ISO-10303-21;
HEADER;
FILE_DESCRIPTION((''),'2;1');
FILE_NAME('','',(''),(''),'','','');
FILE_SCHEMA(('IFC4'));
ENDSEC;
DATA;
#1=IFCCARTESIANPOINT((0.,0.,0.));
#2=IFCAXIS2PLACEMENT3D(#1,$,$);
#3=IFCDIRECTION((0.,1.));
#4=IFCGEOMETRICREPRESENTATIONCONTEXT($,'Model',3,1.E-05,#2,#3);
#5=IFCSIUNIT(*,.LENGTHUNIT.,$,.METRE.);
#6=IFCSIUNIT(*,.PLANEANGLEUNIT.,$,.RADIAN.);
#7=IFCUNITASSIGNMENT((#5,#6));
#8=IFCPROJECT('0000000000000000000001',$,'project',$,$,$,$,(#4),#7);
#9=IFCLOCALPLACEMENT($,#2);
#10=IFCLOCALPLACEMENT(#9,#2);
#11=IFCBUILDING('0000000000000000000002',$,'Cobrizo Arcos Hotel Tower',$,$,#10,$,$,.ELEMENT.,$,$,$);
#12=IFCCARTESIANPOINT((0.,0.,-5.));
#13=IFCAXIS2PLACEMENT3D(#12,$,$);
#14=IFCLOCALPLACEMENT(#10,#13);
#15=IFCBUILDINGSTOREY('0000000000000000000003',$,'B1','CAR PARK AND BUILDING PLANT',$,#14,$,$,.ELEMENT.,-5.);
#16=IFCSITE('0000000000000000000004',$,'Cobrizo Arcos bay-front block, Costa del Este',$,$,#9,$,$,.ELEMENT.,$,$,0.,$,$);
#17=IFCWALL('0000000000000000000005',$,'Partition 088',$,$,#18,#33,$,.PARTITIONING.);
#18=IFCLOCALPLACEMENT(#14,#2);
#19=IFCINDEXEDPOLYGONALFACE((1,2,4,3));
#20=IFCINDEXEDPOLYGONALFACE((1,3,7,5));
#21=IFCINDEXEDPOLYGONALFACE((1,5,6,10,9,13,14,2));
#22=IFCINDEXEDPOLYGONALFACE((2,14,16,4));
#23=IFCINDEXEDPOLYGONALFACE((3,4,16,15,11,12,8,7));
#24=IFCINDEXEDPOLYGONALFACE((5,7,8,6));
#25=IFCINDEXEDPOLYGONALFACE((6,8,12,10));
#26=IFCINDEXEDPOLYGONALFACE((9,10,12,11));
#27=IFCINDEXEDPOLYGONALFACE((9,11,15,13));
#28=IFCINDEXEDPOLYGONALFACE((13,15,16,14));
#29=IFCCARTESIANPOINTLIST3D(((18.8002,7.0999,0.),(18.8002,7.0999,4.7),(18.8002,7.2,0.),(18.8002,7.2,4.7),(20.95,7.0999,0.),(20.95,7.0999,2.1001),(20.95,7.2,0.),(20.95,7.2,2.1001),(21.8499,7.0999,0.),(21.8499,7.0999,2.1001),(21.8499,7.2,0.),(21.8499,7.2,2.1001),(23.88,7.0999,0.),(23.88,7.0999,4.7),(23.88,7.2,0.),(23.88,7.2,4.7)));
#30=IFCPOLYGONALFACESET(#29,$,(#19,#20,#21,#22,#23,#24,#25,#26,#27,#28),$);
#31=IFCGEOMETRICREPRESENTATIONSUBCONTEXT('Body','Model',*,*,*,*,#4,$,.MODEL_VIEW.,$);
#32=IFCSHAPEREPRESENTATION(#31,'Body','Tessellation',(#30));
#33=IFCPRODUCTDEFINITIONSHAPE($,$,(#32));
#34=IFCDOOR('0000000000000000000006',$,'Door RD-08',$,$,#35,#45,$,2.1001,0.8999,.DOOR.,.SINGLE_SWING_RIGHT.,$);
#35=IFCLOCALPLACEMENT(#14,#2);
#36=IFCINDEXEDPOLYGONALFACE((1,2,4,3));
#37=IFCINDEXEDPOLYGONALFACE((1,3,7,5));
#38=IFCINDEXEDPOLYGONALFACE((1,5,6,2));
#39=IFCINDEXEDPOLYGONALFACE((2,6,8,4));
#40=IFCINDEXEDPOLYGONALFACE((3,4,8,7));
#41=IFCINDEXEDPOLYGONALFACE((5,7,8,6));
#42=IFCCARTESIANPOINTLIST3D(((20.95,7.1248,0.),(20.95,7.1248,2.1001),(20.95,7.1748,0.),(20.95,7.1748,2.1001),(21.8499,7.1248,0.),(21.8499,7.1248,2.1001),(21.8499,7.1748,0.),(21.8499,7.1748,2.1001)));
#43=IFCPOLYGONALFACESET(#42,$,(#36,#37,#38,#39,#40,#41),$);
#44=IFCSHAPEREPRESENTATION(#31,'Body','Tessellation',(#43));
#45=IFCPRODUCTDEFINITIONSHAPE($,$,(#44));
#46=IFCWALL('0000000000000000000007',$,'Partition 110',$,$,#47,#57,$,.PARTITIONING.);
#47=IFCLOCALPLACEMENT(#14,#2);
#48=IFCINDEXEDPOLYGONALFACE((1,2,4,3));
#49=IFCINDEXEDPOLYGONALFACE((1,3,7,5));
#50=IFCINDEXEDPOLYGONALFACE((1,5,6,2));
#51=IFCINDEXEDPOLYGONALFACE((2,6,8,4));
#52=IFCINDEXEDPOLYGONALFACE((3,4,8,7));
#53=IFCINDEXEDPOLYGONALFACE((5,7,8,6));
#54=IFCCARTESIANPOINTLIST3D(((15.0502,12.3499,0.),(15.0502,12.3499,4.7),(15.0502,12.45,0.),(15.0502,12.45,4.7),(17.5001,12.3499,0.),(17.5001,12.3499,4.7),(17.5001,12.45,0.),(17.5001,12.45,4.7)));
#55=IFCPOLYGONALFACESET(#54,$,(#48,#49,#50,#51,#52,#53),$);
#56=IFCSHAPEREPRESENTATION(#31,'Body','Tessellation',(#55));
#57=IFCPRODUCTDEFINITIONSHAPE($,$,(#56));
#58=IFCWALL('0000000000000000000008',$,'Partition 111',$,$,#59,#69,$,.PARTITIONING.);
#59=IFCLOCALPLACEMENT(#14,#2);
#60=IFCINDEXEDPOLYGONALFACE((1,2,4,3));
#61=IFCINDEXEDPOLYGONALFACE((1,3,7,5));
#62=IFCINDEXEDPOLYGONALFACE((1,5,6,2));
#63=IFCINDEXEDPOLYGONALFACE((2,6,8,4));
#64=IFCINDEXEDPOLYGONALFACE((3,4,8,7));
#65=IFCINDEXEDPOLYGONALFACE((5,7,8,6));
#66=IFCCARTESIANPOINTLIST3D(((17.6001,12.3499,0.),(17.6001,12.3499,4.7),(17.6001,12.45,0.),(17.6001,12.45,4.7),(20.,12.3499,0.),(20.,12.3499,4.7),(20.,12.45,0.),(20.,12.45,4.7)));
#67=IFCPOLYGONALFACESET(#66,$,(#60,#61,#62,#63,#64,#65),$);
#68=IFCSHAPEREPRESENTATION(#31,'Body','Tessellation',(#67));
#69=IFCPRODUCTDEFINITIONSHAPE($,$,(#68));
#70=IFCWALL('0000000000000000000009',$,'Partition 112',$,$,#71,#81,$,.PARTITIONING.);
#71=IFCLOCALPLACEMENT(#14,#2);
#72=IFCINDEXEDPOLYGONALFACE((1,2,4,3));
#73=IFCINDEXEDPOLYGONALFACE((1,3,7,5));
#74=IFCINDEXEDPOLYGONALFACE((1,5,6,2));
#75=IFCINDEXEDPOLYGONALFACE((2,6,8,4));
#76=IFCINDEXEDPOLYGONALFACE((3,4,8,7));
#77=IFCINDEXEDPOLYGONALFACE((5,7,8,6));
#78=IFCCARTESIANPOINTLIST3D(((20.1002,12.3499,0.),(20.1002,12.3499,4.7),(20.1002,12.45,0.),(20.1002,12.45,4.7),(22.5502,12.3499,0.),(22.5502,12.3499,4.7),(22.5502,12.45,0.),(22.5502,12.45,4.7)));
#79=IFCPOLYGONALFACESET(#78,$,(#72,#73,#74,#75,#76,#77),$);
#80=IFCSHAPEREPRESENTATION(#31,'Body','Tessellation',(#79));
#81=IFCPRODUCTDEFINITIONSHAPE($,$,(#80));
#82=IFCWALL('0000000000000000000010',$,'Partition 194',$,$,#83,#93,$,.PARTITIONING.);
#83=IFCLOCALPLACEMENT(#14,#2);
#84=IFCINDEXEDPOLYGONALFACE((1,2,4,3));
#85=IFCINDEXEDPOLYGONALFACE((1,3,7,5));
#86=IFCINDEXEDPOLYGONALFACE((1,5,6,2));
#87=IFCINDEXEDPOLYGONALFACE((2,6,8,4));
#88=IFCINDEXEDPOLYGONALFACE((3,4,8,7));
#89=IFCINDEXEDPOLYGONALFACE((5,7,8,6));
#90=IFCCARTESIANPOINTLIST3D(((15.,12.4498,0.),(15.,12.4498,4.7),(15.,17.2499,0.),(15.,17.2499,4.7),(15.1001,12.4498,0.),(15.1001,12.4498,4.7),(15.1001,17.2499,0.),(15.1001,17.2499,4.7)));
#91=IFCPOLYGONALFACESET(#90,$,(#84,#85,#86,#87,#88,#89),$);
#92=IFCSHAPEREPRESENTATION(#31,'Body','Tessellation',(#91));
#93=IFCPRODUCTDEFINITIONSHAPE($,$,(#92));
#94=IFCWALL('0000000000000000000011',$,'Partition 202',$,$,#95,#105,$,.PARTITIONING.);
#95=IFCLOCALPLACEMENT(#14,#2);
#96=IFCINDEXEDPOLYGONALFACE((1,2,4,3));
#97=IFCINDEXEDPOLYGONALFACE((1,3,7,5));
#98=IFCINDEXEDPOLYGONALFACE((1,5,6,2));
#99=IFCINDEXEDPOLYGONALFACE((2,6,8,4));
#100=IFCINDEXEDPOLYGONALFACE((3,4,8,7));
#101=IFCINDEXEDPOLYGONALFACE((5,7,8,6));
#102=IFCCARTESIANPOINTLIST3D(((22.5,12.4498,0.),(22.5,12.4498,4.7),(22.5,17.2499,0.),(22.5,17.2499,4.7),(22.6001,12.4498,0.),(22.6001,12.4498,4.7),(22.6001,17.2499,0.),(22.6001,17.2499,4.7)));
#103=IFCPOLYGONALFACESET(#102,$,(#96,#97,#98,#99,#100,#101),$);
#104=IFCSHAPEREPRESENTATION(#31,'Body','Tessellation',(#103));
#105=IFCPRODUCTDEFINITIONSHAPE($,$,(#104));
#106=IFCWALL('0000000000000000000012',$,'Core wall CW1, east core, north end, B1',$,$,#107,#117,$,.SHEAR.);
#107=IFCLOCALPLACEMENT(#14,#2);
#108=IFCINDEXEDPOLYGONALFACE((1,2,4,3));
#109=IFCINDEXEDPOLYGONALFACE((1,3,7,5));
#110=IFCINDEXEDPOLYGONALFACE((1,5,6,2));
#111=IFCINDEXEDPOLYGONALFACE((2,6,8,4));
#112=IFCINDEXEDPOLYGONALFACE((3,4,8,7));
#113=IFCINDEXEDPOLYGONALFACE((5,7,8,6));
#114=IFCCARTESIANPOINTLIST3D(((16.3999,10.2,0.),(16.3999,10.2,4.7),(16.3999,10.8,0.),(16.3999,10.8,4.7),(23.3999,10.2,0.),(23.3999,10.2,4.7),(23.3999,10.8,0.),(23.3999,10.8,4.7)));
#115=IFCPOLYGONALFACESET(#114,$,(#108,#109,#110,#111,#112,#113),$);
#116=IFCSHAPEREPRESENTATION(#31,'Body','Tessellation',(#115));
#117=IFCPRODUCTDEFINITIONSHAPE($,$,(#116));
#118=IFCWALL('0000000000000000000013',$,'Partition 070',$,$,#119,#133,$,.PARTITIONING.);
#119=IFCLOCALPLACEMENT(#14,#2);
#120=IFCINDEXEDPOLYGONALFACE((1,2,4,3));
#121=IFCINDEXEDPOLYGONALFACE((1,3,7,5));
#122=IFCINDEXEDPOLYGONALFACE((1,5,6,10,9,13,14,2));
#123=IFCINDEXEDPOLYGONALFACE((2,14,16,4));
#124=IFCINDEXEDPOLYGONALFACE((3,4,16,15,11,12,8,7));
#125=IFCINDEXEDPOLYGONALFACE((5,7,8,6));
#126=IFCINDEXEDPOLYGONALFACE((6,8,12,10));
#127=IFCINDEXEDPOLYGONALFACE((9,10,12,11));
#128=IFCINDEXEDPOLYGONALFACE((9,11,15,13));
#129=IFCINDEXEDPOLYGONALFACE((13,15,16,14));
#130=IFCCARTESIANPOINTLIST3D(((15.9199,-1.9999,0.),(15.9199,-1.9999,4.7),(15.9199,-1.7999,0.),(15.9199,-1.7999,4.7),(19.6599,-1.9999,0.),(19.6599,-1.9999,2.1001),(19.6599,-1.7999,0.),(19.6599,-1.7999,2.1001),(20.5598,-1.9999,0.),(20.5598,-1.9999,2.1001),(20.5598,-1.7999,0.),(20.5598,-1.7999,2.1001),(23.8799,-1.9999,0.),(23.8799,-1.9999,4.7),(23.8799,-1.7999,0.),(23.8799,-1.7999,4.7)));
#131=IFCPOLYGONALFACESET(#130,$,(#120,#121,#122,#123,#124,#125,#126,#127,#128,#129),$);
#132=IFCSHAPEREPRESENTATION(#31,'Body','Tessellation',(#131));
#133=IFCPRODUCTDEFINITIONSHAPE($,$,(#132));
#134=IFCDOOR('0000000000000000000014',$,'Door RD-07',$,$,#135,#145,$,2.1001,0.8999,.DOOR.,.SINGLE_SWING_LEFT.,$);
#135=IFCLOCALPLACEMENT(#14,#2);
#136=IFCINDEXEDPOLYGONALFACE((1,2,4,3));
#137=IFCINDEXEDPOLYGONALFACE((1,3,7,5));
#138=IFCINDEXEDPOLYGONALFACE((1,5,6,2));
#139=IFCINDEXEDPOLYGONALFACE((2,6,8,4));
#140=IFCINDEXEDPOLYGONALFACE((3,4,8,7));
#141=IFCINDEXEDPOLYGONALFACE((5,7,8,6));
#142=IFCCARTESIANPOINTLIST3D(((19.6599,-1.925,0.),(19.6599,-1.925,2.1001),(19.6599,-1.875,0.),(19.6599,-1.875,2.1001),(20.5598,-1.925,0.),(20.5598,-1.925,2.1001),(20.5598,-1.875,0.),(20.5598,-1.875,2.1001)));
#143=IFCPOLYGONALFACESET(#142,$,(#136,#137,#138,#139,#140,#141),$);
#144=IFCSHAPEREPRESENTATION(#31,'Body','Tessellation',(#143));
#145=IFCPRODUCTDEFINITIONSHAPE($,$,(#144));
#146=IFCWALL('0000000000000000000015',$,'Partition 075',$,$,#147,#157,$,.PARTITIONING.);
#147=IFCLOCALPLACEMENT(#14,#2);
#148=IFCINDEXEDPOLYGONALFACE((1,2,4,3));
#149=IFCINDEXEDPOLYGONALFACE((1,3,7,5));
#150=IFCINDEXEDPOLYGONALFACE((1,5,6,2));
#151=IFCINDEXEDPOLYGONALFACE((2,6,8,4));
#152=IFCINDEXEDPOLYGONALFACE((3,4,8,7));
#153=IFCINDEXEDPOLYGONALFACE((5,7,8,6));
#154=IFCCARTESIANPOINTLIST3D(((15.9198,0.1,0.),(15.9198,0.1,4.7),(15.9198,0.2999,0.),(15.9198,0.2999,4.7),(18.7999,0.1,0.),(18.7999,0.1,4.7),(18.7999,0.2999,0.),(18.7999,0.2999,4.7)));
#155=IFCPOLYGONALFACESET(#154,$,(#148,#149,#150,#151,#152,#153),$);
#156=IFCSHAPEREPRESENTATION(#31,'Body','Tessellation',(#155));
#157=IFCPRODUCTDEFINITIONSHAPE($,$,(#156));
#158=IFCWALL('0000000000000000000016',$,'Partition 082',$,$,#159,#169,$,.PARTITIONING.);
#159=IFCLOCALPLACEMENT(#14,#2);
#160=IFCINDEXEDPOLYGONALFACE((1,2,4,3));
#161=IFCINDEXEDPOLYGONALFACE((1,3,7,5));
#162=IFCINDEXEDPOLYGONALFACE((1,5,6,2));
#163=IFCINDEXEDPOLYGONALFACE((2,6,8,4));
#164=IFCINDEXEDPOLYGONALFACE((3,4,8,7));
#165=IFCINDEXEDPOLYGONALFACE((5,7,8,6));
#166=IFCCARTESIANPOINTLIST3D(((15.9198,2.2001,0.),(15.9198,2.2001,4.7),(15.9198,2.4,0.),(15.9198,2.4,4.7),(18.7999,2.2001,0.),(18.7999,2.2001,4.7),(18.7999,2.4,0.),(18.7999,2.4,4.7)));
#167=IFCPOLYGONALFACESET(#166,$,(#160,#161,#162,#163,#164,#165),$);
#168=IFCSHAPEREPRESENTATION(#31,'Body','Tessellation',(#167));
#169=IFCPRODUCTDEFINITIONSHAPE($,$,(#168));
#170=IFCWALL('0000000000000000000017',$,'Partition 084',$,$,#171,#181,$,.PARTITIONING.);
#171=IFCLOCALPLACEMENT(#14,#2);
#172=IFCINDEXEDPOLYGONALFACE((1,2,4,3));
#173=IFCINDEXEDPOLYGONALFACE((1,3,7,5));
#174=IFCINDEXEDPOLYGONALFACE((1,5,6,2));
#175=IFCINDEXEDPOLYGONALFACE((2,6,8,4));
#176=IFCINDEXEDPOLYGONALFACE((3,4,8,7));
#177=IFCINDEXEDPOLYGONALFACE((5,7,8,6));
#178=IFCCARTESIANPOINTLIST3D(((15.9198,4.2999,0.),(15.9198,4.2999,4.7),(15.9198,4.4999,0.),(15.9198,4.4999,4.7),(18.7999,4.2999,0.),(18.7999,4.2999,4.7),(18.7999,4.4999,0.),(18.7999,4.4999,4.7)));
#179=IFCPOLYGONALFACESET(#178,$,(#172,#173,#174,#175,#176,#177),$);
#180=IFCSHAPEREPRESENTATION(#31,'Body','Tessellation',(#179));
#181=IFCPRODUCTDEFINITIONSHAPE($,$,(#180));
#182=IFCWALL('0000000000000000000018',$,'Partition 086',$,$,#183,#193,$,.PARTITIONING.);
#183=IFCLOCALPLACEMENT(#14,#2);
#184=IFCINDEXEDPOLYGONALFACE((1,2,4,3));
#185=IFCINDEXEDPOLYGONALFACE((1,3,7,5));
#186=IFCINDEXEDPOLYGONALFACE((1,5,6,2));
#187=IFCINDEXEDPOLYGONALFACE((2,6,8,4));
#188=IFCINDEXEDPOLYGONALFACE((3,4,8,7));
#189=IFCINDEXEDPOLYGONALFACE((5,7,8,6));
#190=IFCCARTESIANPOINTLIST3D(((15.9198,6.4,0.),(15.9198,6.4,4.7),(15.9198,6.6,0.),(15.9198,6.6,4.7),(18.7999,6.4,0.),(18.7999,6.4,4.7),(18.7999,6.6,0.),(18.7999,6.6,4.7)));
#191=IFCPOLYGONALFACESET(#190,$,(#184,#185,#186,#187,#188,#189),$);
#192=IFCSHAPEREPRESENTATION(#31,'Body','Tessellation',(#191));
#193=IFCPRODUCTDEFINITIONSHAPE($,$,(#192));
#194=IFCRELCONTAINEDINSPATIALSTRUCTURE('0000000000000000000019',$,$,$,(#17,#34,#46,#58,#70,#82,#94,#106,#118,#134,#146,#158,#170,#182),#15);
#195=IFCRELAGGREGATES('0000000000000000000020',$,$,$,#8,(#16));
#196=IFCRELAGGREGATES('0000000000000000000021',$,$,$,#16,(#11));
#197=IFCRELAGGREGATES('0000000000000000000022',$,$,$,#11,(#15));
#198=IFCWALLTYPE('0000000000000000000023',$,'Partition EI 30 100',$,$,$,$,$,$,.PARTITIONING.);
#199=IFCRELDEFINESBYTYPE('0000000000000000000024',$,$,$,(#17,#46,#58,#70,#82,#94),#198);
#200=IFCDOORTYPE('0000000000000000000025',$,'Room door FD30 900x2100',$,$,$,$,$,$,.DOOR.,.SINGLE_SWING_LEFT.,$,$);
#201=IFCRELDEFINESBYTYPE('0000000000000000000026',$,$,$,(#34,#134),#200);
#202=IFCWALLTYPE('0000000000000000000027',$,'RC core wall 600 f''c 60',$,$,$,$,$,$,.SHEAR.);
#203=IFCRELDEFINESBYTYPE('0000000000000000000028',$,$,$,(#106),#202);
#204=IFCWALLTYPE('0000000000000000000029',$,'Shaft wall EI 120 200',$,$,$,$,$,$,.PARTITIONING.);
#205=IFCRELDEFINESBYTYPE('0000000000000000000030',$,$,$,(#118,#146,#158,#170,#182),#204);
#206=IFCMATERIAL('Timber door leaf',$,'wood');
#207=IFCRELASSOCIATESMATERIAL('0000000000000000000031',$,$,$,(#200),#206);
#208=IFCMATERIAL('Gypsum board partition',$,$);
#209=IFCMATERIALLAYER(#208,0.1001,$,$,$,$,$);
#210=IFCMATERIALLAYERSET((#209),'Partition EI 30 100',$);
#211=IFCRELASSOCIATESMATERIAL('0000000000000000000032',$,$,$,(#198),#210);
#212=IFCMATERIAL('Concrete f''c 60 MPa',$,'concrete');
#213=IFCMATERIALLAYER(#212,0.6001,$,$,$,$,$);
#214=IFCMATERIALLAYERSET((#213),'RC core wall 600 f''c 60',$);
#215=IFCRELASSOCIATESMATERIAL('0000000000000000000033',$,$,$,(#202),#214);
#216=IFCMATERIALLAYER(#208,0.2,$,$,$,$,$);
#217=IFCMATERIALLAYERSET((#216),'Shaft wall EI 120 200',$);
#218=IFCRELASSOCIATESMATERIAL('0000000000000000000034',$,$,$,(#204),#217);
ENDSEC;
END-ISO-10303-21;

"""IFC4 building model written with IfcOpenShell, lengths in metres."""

from ifc_helpers import new_model, si_unit, direction, frame, frame_2d, origin, place, context, subcontext, project, spatial, rectangle, extrude, material, layer, layer_set, type_object, element, fill, save


model = new_model("IFC4")

# Units and contexts
model_context = context("Model", 3, precision=1e-05, world=origin(), true_north=direction((0.0, 1.0)))
body_context = subcontext(model_context, "Body", "Model", "MODEL_VIEW")
ifc_project = project(units=[si_unit("LENGTHUNIT", "METRE"), si_unit("PLANEANGLEUNIT", "RADIAN")], contexts=[model_context])

# Site, building, storey
site_placement = place(None, origin())
site = spatial("IfcSite", under=ifc_project, at=site_placement, Name="Cobrizo Arcos bay-front block, Costa del Este", CompositionType="ELEMENT", RefElevation=0.0)
building_placement = place(site_placement, origin())
building = spatial("IfcBuilding", under=site, at=building_placement, Name="Cobrizo Arcos Hotel Tower", CompositionType="ELEMENT")
storey_placement = place(building_placement, frame((0.0, 0.0, -5.0)))
storey = spatial("IfcBuildingStorey", under=building, at=storey_placement, Name="B1", Description="CAR PARK AND BUILDING PLANT", CompositionType="ELEMENT", Elevation=-5.0)

# Shared definitions
ifc_material_1 = material(Name="Gypsum board partition")

# Shared definitions
ifc_material_2 = material(Name="Timber door leaf", Category="wood")
door_type = type_object("IfcDoorType", Name="Room door FD30 900x2100", OperationType="SINGLE_SWING_LEFT", PredefinedType="DOOR", material=ifc_material_2)

# Wall, opening, door
ifc_layer_1 = layer(ifc_material_1, 0.1001)
ifc_layer_set_1 = layer_set([ifc_layer_1], Name="Partition EI 30 100")
wall_type_1 = type_object("IfcWallType", Name="Partition EI 30 100", PredefinedType="PARTITIONING", material=ifc_layer_set_1)
wall_1_placement = place(storey_placement, frame((18.8, 7.1499, 0.0), z_axis=(0.0, 0.0, 1.0), x_axis=(1.0, 0.0, 0.0)))
wall_1 = element("IfcWall", 1, at=wall_1_placement, inside=storey, type_object=wall_type_1, Name="Partition 088", PredefinedType="PARTITIONING", context=body_context, shape_type="SweptSolid", body=[
    extrude(rectangle(XDim=5.0798, YDim=0.1001, at=frame_2d((2.54, 0.0))), origin(), (0.0, 0.0, 1.0), 4.7),
])
opening_1_placement = place(wall_1_placement, frame((2.1499, 0.0, 0.0)))
opening_1 = element("IfcOpeningElement", 2, at=opening_1_placement, cuts=wall_1, PredefinedType="OPENING", context=body_context, shape_type="SweptSolid", body=[
    extrude(rectangle(XDim=0.8999, YDim=2.1001, at=frame_2d((0.45, 1.05))), frame((0.0, 0.062, 0.0), z_axis=(0.0, -1.0, 0.0), x_axis=(1.0, 0.0, 0.0)), (0.0, 0.0, 1.0), 0.124),
])
door_1_placement = place(opening_1_placement, origin())
door_1 = element("IfcDoor", 3, at=door_1_placement, inside=storey, type_object=door_type, Name="Door RD-08", OperationType="SINGLE_SWING_RIGHT", OverallHeight=2.1001, OverallWidth=0.8999, PredefinedType="DOOR", context=body_context, shape_type="SweptSolid", body=[
    extrude(rectangle(XDim=0.8999, YDim=2.1001, at=frame_2d((0.45, 1.05))), frame((0.0, 0.0249, 0.0), z_axis=(0.0, -1.0, 0.0), x_axis=(1.0, 0.0, 0.0)), (0.0, 0.0, 1.0), 0.05),
])
fill(opening_1, door_1)

# Walls
wall_2_placement = place(storey_placement, frame((15.05, 12.3999, 0.0), z_axis=(0.0, 0.0, 1.0), x_axis=(1.0, 0.0, 0.0)))
element("IfcWall", 4, at=wall_2_placement, inside=storey, type_object=wall_type_1, Name="Partition 110", PredefinedType="PARTITIONING", context=body_context, shape_type="SweptSolid", body=[
    extrude(rectangle(XDim=2.45, YDim=0.1001, at=frame_2d((1.2251, 0.0))), origin(), (0.0, 0.0, 1.0), 4.7),
])
wall_3_placement = place(storey_placement, frame((17.6001, 12.3999, 0.0), z_axis=(0.0, 0.0, 1.0), x_axis=(1.0, 0.0, 0.0)))
element("IfcWall", 5, at=wall_3_placement, inside=storey, type_object=wall_type_1, Name="Partition 111", PredefinedType="PARTITIONING", context=body_context, shape_type="SweptSolid", body=[
    extrude(rectangle(XDim=2.3999, YDim=0.1001, at=frame_2d((1.2, 0.0))), origin(), (0.0, 0.0, 1.0), 4.7),
])
wall_4_placement = place(storey_placement, frame((20.1001, 12.3999, 0.0), z_axis=(0.0, 0.0, 1.0), x_axis=(1.0, 0.0, 0.0)))
element("IfcWall", 6, at=wall_4_placement, inside=storey, type_object=wall_type_1, Name="Partition 112", PredefinedType="PARTITIONING", context=body_context, shape_type="SweptSolid", body=[
    extrude(rectangle(XDim=2.45, YDim=0.1001, at=frame_2d((1.2251, 0.0))), origin(), (0.0, 0.0, 1.0), 4.7),
])
for number, where, z_axis, x_axis, name in (
    (7, (15.05, 12.45, 0.0), (0.0, 0.0, 1.0), (0.0, 1.0, 0.0), "Partition 194"),
    (8, (22.55, 12.45, 0.0), (0.0, 0.0, 1.0), (0.0, 1.0, 0.0), "Partition 202"),
):
    element("IfcWall", number, at=place(storey_placement, frame(where, z_axis=z_axis, x_axis=x_axis)), inside=storey, type_object=wall_type_1, Name=name, PredefinedType="PARTITIONING", context=body_context, shape_type="SweptSolid", body=[
        extrude(rectangle(XDim=4.8, YDim=0.1001, at=frame_2d((2.3999, 0.0))), origin(), (0.0, 0.0, 1.0), 4.7),
    ])
ifc_material_3 = material(Name="Concrete f'c 60 MPa", Category="concrete")
ifc_layer_2 = layer(ifc_material_3, 0.6001)
ifc_layer_set_2 = layer_set([ifc_layer_2], Name="RC core wall 600 f'c 60")
wall_type_2 = type_object("IfcWallType", Name="RC core wall 600 f'c 60", PredefinedType="SHEAR", material=ifc_layer_set_2)
wall_5_placement = place(storey_placement, frame((16.3999, 10.5, 0.0), z_axis=(0.0, 0.0, 1.0), x_axis=(1.0, 0.0, 0.0)))
element("IfcWall", 9, at=wall_5_placement, inside=storey, type_object=wall_type_2, Name="Core wall CW1, east core, north end, B1", PredefinedType="SHEAR", context=body_context, shape_type="SweptSolid", body=[
    extrude(rectangle(XDim=7.0, YDim=0.6001, at=frame_2d((3.5, 0.0))), origin(), (0.0, 0.0, 1.0), 4.7),
])

# Wall, opening, door
ifc_layer_3 = layer(ifc_material_1, 0.2)
ifc_layer_set_3 = layer_set([ifc_layer_3], Name="Shaft wall EI 120 200")
wall_type_3 = type_object("IfcWallType", Name="Shaft wall EI 120 200", PredefinedType="PARTITIONING", material=ifc_layer_set_3)
wall_6_placement = place(storey_placement, frame((15.9199, -1.8999, 0.0), z_axis=(0.0, 0.0, 1.0), x_axis=(1.0, 0.0, 0.0)))
wall_6 = element("IfcWall", 10, at=wall_6_placement, inside=storey, type_object=wall_type_3, Name="Partition 070", PredefinedType="PARTITIONING", context=body_context, shape_type="SweptSolid", body=[
    extrude(rectangle(XDim=7.96, YDim=0.2, at=frame_2d((3.98, 0.0))), origin(), (0.0, 0.0, 1.0), 4.7),
])
opening_2_placement = place(wall_6_placement, frame((3.74, 0.0, 0.0)))
opening_2 = element("IfcOpeningElement", 11, at=opening_2_placement, cuts=wall_6, PredefinedType="OPENING", context=body_context, shape_type="SweptSolid", body=[
    extrude(rectangle(XDim=0.8999, YDim=2.1001, at=frame_2d((0.45, 1.05))), frame((0.0, 0.1121, 0.0), z_axis=(0.0, -1.0, 0.0), x_axis=(1.0, 0.0, 0.0)), (0.0, 0.0, 1.0), 0.2239),
])
door_2_placement = place(opening_2_placement, origin())
door_2 = element("IfcDoor", 12, at=door_2_placement, inside=storey, type_object=door_type, Name="Door RD-07", OperationType="SINGLE_SWING_LEFT", OverallHeight=2.1001, OverallWidth=0.8999, PredefinedType="DOOR", context=body_context, shape_type="SweptSolid", body=[
    extrude(rectangle(XDim=0.8999, YDim=2.1001, at=frame_2d((0.45, 1.05))), frame((0.0, 0.0249, 0.0), z_axis=(0.0, -1.0, 0.0), x_axis=(1.0, 0.0, 0.0)), (0.0, 0.0, 1.0), 0.05),
])
fill(opening_2, door_2)

# Walls
for number, where, z_axis, x_axis, name in (
    (13, (15.9199, 0.2, 0.0), (0.0, 0.0, 1.0), (1.0, 0.0, 0.0), "Partition 075"),
    (14, (15.9199, 2.3, 0.0), (0.0, 0.0, 1.0), (1.0, 0.0, 0.0), "Partition 082"),
    (15, (15.9199, 4.3999, 0.0), (0.0, 0.0, 1.0), (1.0, 0.0, 0.0), "Partition 084"),
    (16, (15.9199, 6.5, 0.0), (0.0, 0.0, 1.0), (1.0, 0.0, 0.0), "Partition 086"),
):
    element("IfcWall", number, at=place(storey_placement, frame(where, z_axis=z_axis, x_axis=x_axis)), inside=storey, type_object=wall_type_3, Name=name, PredefinedType="PARTITIONING", context=body_context, shape_type="SweptSolid", body=[
        extrude(rectangle(XDim=2.8801, YDim=0.2, at=frame_2d((1.4399, 0.0))), origin(), (0.0, 0.0, 1.0), 4.7),
    ])

save(model, "model.ifc")
